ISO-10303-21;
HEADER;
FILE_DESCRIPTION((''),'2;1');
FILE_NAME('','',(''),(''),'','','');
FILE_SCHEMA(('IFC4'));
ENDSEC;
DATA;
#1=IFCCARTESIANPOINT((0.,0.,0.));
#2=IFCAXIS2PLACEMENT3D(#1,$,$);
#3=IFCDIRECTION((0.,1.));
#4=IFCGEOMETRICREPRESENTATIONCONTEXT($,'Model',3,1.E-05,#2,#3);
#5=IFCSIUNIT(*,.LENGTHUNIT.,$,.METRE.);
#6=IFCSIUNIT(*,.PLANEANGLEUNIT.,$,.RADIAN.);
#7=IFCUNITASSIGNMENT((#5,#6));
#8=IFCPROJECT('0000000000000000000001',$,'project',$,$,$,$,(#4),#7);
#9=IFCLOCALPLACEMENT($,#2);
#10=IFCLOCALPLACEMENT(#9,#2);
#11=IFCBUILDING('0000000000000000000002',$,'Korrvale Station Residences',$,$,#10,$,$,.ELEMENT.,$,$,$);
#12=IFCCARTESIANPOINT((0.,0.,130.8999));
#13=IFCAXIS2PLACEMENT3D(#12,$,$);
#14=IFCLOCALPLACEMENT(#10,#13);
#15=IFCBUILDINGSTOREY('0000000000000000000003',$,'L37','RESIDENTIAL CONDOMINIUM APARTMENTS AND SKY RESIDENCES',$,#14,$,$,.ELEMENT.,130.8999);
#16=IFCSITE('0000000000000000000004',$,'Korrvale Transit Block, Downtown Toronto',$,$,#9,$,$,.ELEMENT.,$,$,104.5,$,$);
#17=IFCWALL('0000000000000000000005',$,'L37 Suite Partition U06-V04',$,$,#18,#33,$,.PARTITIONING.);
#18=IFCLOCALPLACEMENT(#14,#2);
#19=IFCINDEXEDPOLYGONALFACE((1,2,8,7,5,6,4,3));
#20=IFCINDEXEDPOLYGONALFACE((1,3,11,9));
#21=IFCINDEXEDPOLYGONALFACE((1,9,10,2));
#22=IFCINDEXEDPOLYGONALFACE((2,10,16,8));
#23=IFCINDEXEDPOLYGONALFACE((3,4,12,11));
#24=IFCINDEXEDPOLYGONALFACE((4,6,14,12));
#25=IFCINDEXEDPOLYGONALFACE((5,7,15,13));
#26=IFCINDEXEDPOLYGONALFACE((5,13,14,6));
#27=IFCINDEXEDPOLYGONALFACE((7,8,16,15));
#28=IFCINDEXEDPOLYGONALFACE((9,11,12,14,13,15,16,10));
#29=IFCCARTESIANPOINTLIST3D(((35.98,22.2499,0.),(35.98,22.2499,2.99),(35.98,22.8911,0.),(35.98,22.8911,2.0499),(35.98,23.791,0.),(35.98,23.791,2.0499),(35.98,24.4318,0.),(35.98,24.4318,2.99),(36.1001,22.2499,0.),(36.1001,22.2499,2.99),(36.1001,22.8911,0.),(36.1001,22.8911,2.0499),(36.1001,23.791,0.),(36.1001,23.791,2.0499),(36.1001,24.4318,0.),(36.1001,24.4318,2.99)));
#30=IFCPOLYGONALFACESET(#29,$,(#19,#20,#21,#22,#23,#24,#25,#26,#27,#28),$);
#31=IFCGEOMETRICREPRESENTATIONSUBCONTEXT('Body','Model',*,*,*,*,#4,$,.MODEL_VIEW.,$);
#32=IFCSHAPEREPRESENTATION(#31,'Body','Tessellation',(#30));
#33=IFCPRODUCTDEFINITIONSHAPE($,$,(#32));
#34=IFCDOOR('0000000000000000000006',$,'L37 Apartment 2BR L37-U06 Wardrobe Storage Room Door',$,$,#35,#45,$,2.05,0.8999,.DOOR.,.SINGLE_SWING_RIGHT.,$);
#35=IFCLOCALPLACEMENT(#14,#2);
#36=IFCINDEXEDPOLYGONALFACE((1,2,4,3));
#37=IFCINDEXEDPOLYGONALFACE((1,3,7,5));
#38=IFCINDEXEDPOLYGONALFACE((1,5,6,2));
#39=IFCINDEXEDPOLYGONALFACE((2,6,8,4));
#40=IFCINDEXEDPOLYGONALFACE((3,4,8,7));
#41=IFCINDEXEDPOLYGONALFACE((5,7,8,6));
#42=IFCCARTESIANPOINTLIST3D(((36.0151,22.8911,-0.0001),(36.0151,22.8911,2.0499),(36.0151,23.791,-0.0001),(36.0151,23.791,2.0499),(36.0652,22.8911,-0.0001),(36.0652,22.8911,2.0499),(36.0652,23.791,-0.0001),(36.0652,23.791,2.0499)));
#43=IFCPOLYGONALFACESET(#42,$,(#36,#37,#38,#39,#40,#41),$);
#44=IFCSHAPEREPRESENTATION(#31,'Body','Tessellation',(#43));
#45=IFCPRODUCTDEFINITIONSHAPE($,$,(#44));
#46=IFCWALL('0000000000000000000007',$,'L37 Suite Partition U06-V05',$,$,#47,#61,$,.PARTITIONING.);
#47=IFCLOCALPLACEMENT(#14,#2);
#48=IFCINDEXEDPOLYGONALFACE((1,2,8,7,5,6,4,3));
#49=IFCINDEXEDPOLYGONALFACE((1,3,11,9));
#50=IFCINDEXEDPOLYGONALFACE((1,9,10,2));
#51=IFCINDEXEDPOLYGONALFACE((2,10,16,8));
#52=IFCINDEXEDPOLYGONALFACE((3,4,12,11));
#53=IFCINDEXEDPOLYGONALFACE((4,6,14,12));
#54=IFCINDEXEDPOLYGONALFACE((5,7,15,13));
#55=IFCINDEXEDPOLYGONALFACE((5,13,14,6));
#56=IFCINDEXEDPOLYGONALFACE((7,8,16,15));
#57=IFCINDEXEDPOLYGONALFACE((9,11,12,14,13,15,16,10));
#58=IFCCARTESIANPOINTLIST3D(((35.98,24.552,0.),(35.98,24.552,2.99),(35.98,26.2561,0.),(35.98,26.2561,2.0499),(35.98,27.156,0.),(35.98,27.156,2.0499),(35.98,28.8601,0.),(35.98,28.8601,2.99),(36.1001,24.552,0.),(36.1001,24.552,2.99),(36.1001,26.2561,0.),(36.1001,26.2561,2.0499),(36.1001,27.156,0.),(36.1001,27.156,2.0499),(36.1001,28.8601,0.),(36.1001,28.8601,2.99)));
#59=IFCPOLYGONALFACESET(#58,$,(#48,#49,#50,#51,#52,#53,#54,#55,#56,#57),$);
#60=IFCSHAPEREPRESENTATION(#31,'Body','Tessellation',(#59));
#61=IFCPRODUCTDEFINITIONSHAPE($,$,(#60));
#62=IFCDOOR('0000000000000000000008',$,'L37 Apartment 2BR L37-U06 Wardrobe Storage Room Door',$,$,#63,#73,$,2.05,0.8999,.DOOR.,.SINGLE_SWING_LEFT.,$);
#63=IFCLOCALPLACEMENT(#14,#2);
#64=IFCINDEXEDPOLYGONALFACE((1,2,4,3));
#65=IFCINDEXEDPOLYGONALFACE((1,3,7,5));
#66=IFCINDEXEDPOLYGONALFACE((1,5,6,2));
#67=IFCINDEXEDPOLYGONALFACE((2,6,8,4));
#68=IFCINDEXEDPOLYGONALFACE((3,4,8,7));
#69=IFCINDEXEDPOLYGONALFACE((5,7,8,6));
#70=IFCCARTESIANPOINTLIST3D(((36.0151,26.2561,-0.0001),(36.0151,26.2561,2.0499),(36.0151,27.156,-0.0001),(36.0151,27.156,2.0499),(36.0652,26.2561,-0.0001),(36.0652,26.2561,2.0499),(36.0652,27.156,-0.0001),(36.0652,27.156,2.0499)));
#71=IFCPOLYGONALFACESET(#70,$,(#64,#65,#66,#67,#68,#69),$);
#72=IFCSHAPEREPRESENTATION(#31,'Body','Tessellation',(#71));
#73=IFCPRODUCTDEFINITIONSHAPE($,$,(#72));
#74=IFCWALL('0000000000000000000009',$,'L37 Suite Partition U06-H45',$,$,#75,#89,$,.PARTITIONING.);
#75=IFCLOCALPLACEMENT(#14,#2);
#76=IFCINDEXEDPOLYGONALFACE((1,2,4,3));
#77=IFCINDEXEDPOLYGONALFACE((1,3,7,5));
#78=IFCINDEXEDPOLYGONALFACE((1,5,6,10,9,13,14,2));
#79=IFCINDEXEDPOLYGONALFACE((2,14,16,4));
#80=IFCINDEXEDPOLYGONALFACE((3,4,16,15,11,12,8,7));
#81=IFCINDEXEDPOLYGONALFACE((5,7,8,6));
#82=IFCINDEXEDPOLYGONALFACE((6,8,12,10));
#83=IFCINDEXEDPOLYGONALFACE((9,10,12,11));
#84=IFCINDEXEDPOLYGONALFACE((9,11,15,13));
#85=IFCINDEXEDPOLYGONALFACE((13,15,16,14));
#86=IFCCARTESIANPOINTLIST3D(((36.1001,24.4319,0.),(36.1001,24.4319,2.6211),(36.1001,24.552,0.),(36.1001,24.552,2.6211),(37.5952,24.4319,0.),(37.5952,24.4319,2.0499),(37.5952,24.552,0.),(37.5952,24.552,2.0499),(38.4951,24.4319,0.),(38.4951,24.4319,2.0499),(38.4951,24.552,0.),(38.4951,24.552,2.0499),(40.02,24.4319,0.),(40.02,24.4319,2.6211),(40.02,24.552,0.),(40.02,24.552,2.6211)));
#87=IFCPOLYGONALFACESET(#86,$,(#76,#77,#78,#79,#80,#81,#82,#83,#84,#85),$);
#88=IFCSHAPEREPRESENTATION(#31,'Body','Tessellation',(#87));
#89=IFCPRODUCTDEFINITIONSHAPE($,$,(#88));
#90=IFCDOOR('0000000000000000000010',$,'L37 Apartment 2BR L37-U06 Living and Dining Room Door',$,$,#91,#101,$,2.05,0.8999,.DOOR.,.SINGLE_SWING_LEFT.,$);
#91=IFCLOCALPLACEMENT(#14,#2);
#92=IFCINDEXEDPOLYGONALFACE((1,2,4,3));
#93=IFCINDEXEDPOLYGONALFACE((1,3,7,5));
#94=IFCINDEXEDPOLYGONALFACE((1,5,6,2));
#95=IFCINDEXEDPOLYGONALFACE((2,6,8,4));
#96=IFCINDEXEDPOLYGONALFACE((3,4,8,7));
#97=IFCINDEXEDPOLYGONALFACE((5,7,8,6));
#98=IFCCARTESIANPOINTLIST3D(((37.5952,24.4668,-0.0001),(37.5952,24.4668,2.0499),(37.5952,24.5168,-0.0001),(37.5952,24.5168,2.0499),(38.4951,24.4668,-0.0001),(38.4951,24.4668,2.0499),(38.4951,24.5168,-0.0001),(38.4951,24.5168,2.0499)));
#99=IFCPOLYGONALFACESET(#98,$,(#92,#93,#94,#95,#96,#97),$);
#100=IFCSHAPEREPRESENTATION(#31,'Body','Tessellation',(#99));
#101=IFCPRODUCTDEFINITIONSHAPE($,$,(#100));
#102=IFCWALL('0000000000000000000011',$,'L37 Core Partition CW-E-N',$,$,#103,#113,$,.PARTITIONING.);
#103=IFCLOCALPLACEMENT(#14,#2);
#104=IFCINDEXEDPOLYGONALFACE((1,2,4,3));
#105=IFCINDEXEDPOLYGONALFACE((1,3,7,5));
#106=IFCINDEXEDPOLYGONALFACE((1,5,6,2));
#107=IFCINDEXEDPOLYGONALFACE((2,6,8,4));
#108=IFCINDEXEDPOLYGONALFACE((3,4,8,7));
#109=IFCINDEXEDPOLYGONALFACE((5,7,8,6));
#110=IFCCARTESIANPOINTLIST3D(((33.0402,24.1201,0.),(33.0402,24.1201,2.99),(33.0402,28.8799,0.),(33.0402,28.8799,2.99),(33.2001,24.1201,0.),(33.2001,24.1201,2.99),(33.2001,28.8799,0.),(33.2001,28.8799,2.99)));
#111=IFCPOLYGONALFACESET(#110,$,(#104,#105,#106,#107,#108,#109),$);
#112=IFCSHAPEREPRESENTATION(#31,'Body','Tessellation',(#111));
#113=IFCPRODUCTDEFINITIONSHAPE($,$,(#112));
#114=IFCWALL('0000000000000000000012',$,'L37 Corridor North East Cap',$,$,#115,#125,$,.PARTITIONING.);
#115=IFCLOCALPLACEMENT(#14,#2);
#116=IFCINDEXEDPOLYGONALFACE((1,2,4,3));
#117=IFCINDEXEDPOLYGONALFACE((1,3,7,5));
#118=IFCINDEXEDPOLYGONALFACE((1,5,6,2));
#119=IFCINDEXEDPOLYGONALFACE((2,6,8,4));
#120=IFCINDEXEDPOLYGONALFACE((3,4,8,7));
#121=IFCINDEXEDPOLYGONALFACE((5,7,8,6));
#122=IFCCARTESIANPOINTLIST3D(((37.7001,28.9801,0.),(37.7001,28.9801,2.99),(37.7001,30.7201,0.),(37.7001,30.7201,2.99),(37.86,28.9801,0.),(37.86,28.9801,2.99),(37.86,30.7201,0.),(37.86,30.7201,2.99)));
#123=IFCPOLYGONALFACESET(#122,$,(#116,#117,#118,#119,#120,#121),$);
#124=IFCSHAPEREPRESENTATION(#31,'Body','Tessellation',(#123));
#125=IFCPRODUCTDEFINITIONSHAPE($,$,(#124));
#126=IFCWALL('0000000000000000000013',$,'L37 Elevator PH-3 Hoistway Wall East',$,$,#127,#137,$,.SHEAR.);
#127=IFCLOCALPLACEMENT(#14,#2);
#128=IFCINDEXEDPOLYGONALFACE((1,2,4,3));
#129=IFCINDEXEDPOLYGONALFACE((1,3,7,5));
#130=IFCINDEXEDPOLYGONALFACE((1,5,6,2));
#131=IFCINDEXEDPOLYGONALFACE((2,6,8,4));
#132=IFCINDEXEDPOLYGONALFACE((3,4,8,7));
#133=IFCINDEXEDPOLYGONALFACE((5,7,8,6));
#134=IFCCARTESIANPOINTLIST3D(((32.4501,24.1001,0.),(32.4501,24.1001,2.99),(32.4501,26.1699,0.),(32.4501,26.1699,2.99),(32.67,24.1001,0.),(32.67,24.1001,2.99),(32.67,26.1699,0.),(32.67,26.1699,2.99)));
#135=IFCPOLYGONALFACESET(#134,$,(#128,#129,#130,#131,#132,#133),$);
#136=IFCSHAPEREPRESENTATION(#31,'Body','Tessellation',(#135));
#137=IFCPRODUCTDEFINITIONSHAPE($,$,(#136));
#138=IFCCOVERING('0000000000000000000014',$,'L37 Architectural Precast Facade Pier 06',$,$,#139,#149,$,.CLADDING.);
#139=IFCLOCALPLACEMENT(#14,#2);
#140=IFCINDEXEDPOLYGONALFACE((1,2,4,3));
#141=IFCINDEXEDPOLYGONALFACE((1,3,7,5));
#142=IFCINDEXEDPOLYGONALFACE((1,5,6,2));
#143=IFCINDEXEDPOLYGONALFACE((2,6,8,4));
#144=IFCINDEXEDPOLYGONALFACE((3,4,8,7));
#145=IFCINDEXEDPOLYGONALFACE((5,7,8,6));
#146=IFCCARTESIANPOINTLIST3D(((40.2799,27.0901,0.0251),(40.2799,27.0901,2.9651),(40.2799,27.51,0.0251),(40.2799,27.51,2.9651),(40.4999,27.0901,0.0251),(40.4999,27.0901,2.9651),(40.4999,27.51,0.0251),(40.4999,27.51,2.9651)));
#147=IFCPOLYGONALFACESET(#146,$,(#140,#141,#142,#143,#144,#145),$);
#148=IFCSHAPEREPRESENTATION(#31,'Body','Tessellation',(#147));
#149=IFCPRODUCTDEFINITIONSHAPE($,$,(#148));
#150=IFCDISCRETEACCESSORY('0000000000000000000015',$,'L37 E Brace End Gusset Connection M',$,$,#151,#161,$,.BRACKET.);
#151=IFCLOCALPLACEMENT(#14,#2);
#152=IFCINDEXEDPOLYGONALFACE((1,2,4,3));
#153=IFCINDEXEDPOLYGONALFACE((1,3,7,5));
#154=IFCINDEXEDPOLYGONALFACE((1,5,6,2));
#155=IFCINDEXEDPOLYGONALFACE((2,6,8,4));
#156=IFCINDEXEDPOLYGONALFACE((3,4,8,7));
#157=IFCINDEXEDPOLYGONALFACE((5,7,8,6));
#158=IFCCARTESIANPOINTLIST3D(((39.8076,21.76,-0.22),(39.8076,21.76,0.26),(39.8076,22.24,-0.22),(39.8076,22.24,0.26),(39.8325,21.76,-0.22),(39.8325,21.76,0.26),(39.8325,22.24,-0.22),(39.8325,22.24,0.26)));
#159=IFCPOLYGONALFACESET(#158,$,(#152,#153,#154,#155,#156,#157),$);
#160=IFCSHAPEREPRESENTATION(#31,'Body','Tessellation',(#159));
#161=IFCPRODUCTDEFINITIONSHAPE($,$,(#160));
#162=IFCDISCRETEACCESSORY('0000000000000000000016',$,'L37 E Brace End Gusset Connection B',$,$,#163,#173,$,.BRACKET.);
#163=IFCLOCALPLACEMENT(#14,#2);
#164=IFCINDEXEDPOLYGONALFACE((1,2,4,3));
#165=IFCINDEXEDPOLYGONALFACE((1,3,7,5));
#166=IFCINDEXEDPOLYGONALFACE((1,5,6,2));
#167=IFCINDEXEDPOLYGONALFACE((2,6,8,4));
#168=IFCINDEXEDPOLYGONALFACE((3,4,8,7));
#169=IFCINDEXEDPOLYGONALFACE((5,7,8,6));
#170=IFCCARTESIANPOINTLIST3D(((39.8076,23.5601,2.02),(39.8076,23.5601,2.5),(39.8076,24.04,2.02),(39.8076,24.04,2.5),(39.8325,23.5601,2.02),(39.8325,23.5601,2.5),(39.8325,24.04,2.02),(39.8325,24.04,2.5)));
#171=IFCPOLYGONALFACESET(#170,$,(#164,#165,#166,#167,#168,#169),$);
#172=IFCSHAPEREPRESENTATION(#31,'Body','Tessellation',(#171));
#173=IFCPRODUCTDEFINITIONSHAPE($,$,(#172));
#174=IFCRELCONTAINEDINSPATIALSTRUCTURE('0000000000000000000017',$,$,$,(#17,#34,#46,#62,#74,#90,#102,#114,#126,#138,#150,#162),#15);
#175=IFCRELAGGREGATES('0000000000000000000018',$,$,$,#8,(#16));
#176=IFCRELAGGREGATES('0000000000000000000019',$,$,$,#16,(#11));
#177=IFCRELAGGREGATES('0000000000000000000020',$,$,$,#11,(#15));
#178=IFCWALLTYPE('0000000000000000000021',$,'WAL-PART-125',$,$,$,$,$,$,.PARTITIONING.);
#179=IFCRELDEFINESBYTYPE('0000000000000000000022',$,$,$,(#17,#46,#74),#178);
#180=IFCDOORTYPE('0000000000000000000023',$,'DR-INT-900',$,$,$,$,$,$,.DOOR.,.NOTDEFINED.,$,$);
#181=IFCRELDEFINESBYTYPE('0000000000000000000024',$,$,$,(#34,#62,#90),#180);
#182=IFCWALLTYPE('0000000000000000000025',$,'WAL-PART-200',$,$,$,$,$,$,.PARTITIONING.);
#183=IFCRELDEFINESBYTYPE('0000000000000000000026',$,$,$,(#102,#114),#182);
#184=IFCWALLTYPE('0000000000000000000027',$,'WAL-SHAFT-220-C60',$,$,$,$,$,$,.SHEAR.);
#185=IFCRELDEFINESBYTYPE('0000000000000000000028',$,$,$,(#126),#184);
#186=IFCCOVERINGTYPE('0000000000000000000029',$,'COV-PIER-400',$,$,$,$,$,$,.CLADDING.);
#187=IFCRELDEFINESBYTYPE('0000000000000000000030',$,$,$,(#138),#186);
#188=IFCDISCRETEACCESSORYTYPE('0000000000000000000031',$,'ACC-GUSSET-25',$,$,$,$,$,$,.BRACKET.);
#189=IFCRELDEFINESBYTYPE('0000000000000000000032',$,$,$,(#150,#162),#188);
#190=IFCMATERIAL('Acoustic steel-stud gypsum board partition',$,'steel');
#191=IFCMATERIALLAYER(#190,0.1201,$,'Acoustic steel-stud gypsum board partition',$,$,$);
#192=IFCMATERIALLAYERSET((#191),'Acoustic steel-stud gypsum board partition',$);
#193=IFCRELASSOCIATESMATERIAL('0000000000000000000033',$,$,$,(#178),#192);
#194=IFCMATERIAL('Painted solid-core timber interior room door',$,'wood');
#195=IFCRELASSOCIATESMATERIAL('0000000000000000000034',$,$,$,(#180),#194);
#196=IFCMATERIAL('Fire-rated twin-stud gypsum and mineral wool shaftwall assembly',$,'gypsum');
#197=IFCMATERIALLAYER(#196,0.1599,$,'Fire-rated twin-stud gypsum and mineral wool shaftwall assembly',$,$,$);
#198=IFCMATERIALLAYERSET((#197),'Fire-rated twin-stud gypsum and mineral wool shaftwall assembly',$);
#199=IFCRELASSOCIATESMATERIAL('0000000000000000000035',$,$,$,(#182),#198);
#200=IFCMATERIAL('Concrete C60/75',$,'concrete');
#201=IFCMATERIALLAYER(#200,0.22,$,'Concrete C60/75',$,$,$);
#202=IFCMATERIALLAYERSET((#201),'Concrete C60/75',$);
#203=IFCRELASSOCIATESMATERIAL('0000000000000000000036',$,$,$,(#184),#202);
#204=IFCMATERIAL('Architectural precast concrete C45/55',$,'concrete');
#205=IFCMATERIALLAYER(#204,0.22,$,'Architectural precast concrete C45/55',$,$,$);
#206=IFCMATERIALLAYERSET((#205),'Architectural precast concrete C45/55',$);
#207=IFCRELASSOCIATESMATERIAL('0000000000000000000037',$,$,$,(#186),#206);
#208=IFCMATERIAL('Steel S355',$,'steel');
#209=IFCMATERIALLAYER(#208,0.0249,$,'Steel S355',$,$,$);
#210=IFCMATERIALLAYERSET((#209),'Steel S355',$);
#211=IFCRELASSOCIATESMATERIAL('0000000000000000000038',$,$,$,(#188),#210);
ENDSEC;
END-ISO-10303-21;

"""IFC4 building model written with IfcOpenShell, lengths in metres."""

from ifc_helpers import new_model, si_unit, direction, frame, frame_2d, origin, origin_2d, place, context, subcontext, project, spatial, rectangle, extrude, material, layer, layer_set, type_object, element, fill, save


model = new_model("IFC4")

# Units and contexts
model_context = context("Model", 3, precision=1e-05, world=origin(), true_north=direction((0.0, 1.0)))
body_context = subcontext(model_context, "Body", "Model", "MODEL_VIEW")
ifc_project = project(units=[si_unit("LENGTHUNIT", "METRE"), si_unit("PLANEANGLEUNIT", "RADIAN")], contexts=[model_context])

# Site, building, storey
site_placement = place(None, origin())
site = spatial("IfcSite", under=ifc_project, at=site_placement, Name="Korrvale Transit Block, Downtown Toronto", CompositionType="ELEMENT", RefElevation=104.5)
building_placement = place(site_placement, origin())
building = spatial("IfcBuilding", under=site, at=building_placement, Name="Korrvale Station Residences", CompositionType="ELEMENT")
storey_placement = place(building_placement, frame((0.0, 0.0, 130.8999)))
storey = spatial("IfcBuildingStorey", under=building, at=storey_placement, Name="L37", Description="RESIDENTIAL CONDOMINIUM APARTMENTS AND SKY RESIDENCES", CompositionType="ELEMENT", Elevation=130.8999)

# Shared definitions
ifc_material_1 = material(Name="Concrete C60/75", Category="concrete")

# Shared definitions
ifc_material_2 = material(Name="Steel S355", Category="steel")

# Shared definitions
ifc_material_3 = material(Name="Acoustic steel-stud gypsum board partition", Category="steel")
ifc_layer_1 = layer(ifc_material_3, 0.1201, Name="Acoustic steel-stud gypsum board partition")
ifc_layer_set_1 = layer_set([ifc_layer_1], Name="Acoustic steel-stud gypsum board partition")
wall_type_1 = type_object("IfcWallType", Name="WAL-PART-125", PredefinedType="PARTITIONING", material=ifc_layer_set_1)

# Walls, openings, doors
wall_1_placement = place(storey_placement, frame((36.04, 22.25, 0.0), z_axis=(0.0, 0.0, 1.0), x_axis=(0.0, 1.0, 0.0)))
wall_1 = element("IfcWall", 1, at=wall_1_placement, inside=storey, type_object=wall_type_1, Name="L37 Suite Partition U06-V04", PredefinedType="PARTITIONING", context=body_context, shape_type="SweptSolid", body=[
    extrude(rectangle(XDim=2.1819, YDim=0.1201, at=frame_2d((1.0908, 0.0))), origin(), (0.0, 0.0, 1.0), 2.99),
])
opening_1_placement = place(wall_1_placement, frame((0.6411, 0.0, 0.0)))
opening_1 = element("IfcOpeningElement", 2, at=opening_1_placement, cuts=wall_1, PredefinedType="OPENING", context=body_context, shape_type="SweptSolid", body=[
    extrude(rectangle(XDim=0.8999, YDim=2.05, at=frame_2d((0.45, 1.0249))), frame((0.0, 0.0701, 0.0), z_axis=(0.0, -1.0, 0.0), x_axis=(1.0, 0.0, 0.0)), (0.0, 0.0, 1.0), 0.1401),
])
ifc_material_4 = material(Name="Painted solid-core timber interior room door", Category="wood")
door_type = type_object("IfcDoorType", Name="DR-INT-900", OperationType="NOTDEFINED", PredefinedType="DOOR", material=ifc_material_4)
door_1_placement = place(opening_1_placement, origin())
door_1 = element("IfcDoor", 3, at=door_1_placement, inside=storey, type_object=door_type, Name="L37 Apartment 2BR L37-U06 Wardrobe Storage Room Door", OperationType="SINGLE_SWING_RIGHT", OverallHeight=2.05, OverallWidth=0.8999, PredefinedType="DOOR", context=body_context, shape_type="SweptSolid", body=[
    extrude(rectangle(XDim=0.8999, YDim=2.05, at=frame_2d((0.45, 1.0249))), frame((0.0, 0.0249, 0.0), z_axis=(0.0, -1.0, 0.0), x_axis=(1.0, 0.0, 0.0)), (0.0, 0.0, 1.0), 0.05),
])
fill(opening_1, door_1)
wall_2_placement = place(storey_placement, frame((36.04, 24.552, 0.0), z_axis=(0.0, 0.0, 1.0), x_axis=(0.0, 1.0, 0.0)))
wall_2 = element("IfcWall", 4, at=wall_2_placement, inside=storey, type_object=wall_type_1, Name="L37 Suite Partition U06-V05", PredefinedType="PARTITIONING", context=body_context, shape_type="SweptSolid", body=[
    extrude(rectangle(XDim=4.3081, YDim=0.1201, at=frame_2d((2.1541, 0.0))), origin(), (0.0, 0.0, 1.0), 2.99),
])
opening_2_placement = place(wall_2_placement, frame((1.7041, 0.0, 0.0)))
opening_2 = element("IfcOpeningElement", 5, at=opening_2_placement, cuts=wall_2, PredefinedType="OPENING", context=body_context, shape_type="SweptSolid", body=[
    extrude(rectangle(XDim=0.8999, YDim=2.05, at=frame_2d((0.45, 1.0249))), frame((0.0, 0.0701, 0.0), z_axis=(0.0, -1.0, 0.0), x_axis=(1.0, 0.0, 0.0)), (0.0, 0.0, 1.0), 0.1401),
])
door_2_placement = place(opening_2_placement, origin())
door_2 = element("IfcDoor", 6, at=door_2_placement, inside=storey, type_object=door_type, Name="L37 Apartment 2BR L37-U06 Wardrobe Storage Room Door", OperationType="SINGLE_SWING_LEFT", OverallHeight=2.05, OverallWidth=0.8999, PredefinedType="DOOR", context=body_context, shape_type="SweptSolid", body=[
    extrude(rectangle(XDim=0.8999, YDim=2.05, at=frame_2d((0.45, 1.0249))), frame((0.0, 0.0249, 0.0), z_axis=(0.0, -1.0, 0.0), x_axis=(1.0, 0.0, 0.0)), (0.0, 0.0, 1.0), 0.05),
])
fill(opening_2, door_2)
wall_3_placement = place(storey_placement, frame((36.1001, 24.4919, 0.0), z_axis=(0.0, 0.0, 1.0), x_axis=(1.0, 0.0, 0.0)))
wall_3 = element("IfcWall", 7, at=wall_3_placement, inside=storey, type_object=wall_type_1, Name="L37 Suite Partition U06-H45", PredefinedType="PARTITIONING", context=body_context, shape_type="SweptSolid", body=[
    extrude(rectangle(XDim=3.9199, YDim=0.1201, at=frame_2d((1.96, 0.0))), origin(), (0.0, 0.0, 1.0), 2.6211),
])
opening_3_placement = place(wall_3_placement, frame((1.4951, 0.0, 0.0)))
opening_3 = element("IfcOpeningElement", 8, at=opening_3_placement, cuts=wall_3, PredefinedType="OPENING", context=body_context, shape_type="SweptSolid", body=[
    extrude(rectangle(XDim=0.8999, YDim=2.05, at=frame_2d((0.45, 1.0249))), frame((0.0, 0.0701, 0.0), z_axis=(0.0, -1.0, 0.0), x_axis=(1.0, 0.0, 0.0)), (0.0, 0.0, 1.0), 0.1401),
])
door_3_placement = place(opening_3_placement, origin())
door_3 = element("IfcDoor", 9, at=door_3_placement, inside=storey, type_object=door_type, Name="L37 Apartment 2BR L37-U06 Living and Dining Room Door", OperationType="SINGLE_SWING_LEFT", OverallHeight=2.05, OverallWidth=0.8999, PredefinedType="DOOR", context=body_context, shape_type="SweptSolid", body=[
    extrude(rectangle(XDim=0.8999, YDim=2.05, at=frame_2d((0.45, 1.0249))), frame((0.0, 0.0249, 0.0), z_axis=(0.0, -1.0, 0.0), x_axis=(1.0, 0.0, 0.0)), (0.0, 0.0, 1.0), 0.05),
])
fill(opening_3, door_3)

# Walls
ifc_material_5 = material(Name="Fire-rated twin-stud gypsum and mineral wool shaftwall assembly", Category="gypsum")
ifc_layer_2 = layer(ifc_material_5, 0.1599, Name="Fire-rated twin-stud gypsum and mineral wool shaftwall assembly")
ifc_layer_set_2 = layer_set([ifc_layer_2], Name="Fire-rated twin-stud gypsum and mineral wool shaftwall assembly")
wall_type_2 = type_object("IfcWallType", Name="WAL-PART-200", PredefinedType="PARTITIONING", material=ifc_layer_set_2)
wall_4_placement = place(storey_placement, frame((33.1201, 24.1201, 0.0), z_axis=(0.0, 0.0, 1.0), x_axis=(0.0, 1.0, 0.0)))
element("IfcWall", 10, at=wall_4_placement, inside=storey, type_object=wall_type_2, Name="L37 Core Partition CW-E-N", PredefinedType="PARTITIONING", context=body_context, shape_type="SweptSolid", body=[
    extrude(rectangle(XDim=4.7598, YDim=0.1599, at=frame_2d((2.3799, 0.0))), origin(), (0.0, 0.0, 1.0), 2.99),
])
wall_5_placement = place(storey_placement, frame((37.78, 28.98, 0.0), z_axis=(0.0, 0.0, 1.0), x_axis=(0.0, 1.0, 0.0)))
element("IfcWall", 11, at=wall_5_placement, inside=storey, type_object=wall_type_2, Name="L37 Corridor North East Cap", PredefinedType="PARTITIONING", context=body_context, shape_type="SweptSolid", body=[
    extrude(rectangle(XDim=1.74, YDim=0.1599, at=frame_2d((0.8701, 0.0))), origin(), (0.0, 0.0, 1.0), 2.99),
])
ifc_layer_3 = layer(ifc_material_1, 0.22, Name="Concrete C60/75")
ifc_layer_set_3 = layer_set([ifc_layer_3], Name="Concrete C60/75")
wall_type_3 = type_object("IfcWallType", Name="WAL-SHAFT-220-C60", PredefinedType="SHEAR", material=ifc_layer_set_3)
wall_6_placement = place(storey_placement, frame((32.5601, 24.1001, 0.0), z_axis=(0.0, 0.0, 1.0), x_axis=(0.0, 1.0, 0.0)))
element("IfcWall", 12, at=wall_6_placement, inside=storey, type_object=wall_type_3, Name="L37 Elevator PH-3 Hoistway Wall East", PredefinedType="SHEAR", context=body_context, shape_type="SweptSolid", body=[
    extrude(rectangle(XDim=2.0698, YDim=0.22, at=frame_2d((1.0349, 0.0))), origin(), (0.0, 0.0, 1.0), 2.99),
])

# Covering
ifc_material_6 = material(Name="Architectural precast concrete C45/55", Category="concrete")
ifc_layer_4 = layer(ifc_material_6, 0.22, Name="Architectural precast concrete C45/55")
ifc_layer_set_4 = layer_set([ifc_layer_4], Name="Architectural precast concrete C45/55")
covering_type = type_object("IfcCoveringType", Name="COV-PIER-400", PredefinedType="CLADDING", material=ifc_layer_set_4)
covering_placement = place(storey_placement, frame((40.3899, 27.3, 0.0251), z_axis=(0.0, 0.0, 1.0), x_axis=(0.0, 1.0, 0.0)))
element("IfcCovering", 13, at=covering_placement, inside=storey, type_object=covering_type, Name="L37 Architectural Precast Facade Pier 06", PredefinedType="CLADDING", context=body_context, shape_type="SweptSolid", body=[
    extrude(rectangle(XDim=0.4199, YDim=0.22, at=origin_2d()), origin(), (0.0, 0.0, 1.0), 2.9399),
])

# Discrete accessories
ifc_layer_5 = layer(ifc_material_2, 0.0249, Name="Steel S355")
ifc_layer_set_5 = layer_set([ifc_layer_5], Name="Steel S355")
discrete_accessory_type = type_object("IfcDiscreteAccessoryType", Name="ACC-GUSSET-25", PredefinedType="BRACKET", material=ifc_layer_set_5)
for number, where, z_axis, x_axis, name in (
    (14, (39.8201, 22.0, -0.22), (0.0, 0.0, 1.0), (0.0, 1.0, 0.0), "L37 E Brace End Gusset Connection M"),
    (15, (39.8201, 23.8, 2.02), (0.0, 0.0, 1.0), (0.0, 1.0, 0.0), "L37 E Brace End Gusset Connection B"),
):
    element("IfcDiscreteAccessory", number, at=place(storey_placement, frame(where, z_axis=z_axis, x_axis=x_axis)), inside=storey, type_object=discrete_accessory_type, Name=name, PredefinedType="BRACKET", context=body_context, shape_type="SweptSolid", body=[
        extrude(rectangle(XDim=0.48, YDim=0.0249, at=origin_2d()), origin(), (0.0, 0.0, 1.0), 0.48),
    ])

save(model, "model.ifc")
